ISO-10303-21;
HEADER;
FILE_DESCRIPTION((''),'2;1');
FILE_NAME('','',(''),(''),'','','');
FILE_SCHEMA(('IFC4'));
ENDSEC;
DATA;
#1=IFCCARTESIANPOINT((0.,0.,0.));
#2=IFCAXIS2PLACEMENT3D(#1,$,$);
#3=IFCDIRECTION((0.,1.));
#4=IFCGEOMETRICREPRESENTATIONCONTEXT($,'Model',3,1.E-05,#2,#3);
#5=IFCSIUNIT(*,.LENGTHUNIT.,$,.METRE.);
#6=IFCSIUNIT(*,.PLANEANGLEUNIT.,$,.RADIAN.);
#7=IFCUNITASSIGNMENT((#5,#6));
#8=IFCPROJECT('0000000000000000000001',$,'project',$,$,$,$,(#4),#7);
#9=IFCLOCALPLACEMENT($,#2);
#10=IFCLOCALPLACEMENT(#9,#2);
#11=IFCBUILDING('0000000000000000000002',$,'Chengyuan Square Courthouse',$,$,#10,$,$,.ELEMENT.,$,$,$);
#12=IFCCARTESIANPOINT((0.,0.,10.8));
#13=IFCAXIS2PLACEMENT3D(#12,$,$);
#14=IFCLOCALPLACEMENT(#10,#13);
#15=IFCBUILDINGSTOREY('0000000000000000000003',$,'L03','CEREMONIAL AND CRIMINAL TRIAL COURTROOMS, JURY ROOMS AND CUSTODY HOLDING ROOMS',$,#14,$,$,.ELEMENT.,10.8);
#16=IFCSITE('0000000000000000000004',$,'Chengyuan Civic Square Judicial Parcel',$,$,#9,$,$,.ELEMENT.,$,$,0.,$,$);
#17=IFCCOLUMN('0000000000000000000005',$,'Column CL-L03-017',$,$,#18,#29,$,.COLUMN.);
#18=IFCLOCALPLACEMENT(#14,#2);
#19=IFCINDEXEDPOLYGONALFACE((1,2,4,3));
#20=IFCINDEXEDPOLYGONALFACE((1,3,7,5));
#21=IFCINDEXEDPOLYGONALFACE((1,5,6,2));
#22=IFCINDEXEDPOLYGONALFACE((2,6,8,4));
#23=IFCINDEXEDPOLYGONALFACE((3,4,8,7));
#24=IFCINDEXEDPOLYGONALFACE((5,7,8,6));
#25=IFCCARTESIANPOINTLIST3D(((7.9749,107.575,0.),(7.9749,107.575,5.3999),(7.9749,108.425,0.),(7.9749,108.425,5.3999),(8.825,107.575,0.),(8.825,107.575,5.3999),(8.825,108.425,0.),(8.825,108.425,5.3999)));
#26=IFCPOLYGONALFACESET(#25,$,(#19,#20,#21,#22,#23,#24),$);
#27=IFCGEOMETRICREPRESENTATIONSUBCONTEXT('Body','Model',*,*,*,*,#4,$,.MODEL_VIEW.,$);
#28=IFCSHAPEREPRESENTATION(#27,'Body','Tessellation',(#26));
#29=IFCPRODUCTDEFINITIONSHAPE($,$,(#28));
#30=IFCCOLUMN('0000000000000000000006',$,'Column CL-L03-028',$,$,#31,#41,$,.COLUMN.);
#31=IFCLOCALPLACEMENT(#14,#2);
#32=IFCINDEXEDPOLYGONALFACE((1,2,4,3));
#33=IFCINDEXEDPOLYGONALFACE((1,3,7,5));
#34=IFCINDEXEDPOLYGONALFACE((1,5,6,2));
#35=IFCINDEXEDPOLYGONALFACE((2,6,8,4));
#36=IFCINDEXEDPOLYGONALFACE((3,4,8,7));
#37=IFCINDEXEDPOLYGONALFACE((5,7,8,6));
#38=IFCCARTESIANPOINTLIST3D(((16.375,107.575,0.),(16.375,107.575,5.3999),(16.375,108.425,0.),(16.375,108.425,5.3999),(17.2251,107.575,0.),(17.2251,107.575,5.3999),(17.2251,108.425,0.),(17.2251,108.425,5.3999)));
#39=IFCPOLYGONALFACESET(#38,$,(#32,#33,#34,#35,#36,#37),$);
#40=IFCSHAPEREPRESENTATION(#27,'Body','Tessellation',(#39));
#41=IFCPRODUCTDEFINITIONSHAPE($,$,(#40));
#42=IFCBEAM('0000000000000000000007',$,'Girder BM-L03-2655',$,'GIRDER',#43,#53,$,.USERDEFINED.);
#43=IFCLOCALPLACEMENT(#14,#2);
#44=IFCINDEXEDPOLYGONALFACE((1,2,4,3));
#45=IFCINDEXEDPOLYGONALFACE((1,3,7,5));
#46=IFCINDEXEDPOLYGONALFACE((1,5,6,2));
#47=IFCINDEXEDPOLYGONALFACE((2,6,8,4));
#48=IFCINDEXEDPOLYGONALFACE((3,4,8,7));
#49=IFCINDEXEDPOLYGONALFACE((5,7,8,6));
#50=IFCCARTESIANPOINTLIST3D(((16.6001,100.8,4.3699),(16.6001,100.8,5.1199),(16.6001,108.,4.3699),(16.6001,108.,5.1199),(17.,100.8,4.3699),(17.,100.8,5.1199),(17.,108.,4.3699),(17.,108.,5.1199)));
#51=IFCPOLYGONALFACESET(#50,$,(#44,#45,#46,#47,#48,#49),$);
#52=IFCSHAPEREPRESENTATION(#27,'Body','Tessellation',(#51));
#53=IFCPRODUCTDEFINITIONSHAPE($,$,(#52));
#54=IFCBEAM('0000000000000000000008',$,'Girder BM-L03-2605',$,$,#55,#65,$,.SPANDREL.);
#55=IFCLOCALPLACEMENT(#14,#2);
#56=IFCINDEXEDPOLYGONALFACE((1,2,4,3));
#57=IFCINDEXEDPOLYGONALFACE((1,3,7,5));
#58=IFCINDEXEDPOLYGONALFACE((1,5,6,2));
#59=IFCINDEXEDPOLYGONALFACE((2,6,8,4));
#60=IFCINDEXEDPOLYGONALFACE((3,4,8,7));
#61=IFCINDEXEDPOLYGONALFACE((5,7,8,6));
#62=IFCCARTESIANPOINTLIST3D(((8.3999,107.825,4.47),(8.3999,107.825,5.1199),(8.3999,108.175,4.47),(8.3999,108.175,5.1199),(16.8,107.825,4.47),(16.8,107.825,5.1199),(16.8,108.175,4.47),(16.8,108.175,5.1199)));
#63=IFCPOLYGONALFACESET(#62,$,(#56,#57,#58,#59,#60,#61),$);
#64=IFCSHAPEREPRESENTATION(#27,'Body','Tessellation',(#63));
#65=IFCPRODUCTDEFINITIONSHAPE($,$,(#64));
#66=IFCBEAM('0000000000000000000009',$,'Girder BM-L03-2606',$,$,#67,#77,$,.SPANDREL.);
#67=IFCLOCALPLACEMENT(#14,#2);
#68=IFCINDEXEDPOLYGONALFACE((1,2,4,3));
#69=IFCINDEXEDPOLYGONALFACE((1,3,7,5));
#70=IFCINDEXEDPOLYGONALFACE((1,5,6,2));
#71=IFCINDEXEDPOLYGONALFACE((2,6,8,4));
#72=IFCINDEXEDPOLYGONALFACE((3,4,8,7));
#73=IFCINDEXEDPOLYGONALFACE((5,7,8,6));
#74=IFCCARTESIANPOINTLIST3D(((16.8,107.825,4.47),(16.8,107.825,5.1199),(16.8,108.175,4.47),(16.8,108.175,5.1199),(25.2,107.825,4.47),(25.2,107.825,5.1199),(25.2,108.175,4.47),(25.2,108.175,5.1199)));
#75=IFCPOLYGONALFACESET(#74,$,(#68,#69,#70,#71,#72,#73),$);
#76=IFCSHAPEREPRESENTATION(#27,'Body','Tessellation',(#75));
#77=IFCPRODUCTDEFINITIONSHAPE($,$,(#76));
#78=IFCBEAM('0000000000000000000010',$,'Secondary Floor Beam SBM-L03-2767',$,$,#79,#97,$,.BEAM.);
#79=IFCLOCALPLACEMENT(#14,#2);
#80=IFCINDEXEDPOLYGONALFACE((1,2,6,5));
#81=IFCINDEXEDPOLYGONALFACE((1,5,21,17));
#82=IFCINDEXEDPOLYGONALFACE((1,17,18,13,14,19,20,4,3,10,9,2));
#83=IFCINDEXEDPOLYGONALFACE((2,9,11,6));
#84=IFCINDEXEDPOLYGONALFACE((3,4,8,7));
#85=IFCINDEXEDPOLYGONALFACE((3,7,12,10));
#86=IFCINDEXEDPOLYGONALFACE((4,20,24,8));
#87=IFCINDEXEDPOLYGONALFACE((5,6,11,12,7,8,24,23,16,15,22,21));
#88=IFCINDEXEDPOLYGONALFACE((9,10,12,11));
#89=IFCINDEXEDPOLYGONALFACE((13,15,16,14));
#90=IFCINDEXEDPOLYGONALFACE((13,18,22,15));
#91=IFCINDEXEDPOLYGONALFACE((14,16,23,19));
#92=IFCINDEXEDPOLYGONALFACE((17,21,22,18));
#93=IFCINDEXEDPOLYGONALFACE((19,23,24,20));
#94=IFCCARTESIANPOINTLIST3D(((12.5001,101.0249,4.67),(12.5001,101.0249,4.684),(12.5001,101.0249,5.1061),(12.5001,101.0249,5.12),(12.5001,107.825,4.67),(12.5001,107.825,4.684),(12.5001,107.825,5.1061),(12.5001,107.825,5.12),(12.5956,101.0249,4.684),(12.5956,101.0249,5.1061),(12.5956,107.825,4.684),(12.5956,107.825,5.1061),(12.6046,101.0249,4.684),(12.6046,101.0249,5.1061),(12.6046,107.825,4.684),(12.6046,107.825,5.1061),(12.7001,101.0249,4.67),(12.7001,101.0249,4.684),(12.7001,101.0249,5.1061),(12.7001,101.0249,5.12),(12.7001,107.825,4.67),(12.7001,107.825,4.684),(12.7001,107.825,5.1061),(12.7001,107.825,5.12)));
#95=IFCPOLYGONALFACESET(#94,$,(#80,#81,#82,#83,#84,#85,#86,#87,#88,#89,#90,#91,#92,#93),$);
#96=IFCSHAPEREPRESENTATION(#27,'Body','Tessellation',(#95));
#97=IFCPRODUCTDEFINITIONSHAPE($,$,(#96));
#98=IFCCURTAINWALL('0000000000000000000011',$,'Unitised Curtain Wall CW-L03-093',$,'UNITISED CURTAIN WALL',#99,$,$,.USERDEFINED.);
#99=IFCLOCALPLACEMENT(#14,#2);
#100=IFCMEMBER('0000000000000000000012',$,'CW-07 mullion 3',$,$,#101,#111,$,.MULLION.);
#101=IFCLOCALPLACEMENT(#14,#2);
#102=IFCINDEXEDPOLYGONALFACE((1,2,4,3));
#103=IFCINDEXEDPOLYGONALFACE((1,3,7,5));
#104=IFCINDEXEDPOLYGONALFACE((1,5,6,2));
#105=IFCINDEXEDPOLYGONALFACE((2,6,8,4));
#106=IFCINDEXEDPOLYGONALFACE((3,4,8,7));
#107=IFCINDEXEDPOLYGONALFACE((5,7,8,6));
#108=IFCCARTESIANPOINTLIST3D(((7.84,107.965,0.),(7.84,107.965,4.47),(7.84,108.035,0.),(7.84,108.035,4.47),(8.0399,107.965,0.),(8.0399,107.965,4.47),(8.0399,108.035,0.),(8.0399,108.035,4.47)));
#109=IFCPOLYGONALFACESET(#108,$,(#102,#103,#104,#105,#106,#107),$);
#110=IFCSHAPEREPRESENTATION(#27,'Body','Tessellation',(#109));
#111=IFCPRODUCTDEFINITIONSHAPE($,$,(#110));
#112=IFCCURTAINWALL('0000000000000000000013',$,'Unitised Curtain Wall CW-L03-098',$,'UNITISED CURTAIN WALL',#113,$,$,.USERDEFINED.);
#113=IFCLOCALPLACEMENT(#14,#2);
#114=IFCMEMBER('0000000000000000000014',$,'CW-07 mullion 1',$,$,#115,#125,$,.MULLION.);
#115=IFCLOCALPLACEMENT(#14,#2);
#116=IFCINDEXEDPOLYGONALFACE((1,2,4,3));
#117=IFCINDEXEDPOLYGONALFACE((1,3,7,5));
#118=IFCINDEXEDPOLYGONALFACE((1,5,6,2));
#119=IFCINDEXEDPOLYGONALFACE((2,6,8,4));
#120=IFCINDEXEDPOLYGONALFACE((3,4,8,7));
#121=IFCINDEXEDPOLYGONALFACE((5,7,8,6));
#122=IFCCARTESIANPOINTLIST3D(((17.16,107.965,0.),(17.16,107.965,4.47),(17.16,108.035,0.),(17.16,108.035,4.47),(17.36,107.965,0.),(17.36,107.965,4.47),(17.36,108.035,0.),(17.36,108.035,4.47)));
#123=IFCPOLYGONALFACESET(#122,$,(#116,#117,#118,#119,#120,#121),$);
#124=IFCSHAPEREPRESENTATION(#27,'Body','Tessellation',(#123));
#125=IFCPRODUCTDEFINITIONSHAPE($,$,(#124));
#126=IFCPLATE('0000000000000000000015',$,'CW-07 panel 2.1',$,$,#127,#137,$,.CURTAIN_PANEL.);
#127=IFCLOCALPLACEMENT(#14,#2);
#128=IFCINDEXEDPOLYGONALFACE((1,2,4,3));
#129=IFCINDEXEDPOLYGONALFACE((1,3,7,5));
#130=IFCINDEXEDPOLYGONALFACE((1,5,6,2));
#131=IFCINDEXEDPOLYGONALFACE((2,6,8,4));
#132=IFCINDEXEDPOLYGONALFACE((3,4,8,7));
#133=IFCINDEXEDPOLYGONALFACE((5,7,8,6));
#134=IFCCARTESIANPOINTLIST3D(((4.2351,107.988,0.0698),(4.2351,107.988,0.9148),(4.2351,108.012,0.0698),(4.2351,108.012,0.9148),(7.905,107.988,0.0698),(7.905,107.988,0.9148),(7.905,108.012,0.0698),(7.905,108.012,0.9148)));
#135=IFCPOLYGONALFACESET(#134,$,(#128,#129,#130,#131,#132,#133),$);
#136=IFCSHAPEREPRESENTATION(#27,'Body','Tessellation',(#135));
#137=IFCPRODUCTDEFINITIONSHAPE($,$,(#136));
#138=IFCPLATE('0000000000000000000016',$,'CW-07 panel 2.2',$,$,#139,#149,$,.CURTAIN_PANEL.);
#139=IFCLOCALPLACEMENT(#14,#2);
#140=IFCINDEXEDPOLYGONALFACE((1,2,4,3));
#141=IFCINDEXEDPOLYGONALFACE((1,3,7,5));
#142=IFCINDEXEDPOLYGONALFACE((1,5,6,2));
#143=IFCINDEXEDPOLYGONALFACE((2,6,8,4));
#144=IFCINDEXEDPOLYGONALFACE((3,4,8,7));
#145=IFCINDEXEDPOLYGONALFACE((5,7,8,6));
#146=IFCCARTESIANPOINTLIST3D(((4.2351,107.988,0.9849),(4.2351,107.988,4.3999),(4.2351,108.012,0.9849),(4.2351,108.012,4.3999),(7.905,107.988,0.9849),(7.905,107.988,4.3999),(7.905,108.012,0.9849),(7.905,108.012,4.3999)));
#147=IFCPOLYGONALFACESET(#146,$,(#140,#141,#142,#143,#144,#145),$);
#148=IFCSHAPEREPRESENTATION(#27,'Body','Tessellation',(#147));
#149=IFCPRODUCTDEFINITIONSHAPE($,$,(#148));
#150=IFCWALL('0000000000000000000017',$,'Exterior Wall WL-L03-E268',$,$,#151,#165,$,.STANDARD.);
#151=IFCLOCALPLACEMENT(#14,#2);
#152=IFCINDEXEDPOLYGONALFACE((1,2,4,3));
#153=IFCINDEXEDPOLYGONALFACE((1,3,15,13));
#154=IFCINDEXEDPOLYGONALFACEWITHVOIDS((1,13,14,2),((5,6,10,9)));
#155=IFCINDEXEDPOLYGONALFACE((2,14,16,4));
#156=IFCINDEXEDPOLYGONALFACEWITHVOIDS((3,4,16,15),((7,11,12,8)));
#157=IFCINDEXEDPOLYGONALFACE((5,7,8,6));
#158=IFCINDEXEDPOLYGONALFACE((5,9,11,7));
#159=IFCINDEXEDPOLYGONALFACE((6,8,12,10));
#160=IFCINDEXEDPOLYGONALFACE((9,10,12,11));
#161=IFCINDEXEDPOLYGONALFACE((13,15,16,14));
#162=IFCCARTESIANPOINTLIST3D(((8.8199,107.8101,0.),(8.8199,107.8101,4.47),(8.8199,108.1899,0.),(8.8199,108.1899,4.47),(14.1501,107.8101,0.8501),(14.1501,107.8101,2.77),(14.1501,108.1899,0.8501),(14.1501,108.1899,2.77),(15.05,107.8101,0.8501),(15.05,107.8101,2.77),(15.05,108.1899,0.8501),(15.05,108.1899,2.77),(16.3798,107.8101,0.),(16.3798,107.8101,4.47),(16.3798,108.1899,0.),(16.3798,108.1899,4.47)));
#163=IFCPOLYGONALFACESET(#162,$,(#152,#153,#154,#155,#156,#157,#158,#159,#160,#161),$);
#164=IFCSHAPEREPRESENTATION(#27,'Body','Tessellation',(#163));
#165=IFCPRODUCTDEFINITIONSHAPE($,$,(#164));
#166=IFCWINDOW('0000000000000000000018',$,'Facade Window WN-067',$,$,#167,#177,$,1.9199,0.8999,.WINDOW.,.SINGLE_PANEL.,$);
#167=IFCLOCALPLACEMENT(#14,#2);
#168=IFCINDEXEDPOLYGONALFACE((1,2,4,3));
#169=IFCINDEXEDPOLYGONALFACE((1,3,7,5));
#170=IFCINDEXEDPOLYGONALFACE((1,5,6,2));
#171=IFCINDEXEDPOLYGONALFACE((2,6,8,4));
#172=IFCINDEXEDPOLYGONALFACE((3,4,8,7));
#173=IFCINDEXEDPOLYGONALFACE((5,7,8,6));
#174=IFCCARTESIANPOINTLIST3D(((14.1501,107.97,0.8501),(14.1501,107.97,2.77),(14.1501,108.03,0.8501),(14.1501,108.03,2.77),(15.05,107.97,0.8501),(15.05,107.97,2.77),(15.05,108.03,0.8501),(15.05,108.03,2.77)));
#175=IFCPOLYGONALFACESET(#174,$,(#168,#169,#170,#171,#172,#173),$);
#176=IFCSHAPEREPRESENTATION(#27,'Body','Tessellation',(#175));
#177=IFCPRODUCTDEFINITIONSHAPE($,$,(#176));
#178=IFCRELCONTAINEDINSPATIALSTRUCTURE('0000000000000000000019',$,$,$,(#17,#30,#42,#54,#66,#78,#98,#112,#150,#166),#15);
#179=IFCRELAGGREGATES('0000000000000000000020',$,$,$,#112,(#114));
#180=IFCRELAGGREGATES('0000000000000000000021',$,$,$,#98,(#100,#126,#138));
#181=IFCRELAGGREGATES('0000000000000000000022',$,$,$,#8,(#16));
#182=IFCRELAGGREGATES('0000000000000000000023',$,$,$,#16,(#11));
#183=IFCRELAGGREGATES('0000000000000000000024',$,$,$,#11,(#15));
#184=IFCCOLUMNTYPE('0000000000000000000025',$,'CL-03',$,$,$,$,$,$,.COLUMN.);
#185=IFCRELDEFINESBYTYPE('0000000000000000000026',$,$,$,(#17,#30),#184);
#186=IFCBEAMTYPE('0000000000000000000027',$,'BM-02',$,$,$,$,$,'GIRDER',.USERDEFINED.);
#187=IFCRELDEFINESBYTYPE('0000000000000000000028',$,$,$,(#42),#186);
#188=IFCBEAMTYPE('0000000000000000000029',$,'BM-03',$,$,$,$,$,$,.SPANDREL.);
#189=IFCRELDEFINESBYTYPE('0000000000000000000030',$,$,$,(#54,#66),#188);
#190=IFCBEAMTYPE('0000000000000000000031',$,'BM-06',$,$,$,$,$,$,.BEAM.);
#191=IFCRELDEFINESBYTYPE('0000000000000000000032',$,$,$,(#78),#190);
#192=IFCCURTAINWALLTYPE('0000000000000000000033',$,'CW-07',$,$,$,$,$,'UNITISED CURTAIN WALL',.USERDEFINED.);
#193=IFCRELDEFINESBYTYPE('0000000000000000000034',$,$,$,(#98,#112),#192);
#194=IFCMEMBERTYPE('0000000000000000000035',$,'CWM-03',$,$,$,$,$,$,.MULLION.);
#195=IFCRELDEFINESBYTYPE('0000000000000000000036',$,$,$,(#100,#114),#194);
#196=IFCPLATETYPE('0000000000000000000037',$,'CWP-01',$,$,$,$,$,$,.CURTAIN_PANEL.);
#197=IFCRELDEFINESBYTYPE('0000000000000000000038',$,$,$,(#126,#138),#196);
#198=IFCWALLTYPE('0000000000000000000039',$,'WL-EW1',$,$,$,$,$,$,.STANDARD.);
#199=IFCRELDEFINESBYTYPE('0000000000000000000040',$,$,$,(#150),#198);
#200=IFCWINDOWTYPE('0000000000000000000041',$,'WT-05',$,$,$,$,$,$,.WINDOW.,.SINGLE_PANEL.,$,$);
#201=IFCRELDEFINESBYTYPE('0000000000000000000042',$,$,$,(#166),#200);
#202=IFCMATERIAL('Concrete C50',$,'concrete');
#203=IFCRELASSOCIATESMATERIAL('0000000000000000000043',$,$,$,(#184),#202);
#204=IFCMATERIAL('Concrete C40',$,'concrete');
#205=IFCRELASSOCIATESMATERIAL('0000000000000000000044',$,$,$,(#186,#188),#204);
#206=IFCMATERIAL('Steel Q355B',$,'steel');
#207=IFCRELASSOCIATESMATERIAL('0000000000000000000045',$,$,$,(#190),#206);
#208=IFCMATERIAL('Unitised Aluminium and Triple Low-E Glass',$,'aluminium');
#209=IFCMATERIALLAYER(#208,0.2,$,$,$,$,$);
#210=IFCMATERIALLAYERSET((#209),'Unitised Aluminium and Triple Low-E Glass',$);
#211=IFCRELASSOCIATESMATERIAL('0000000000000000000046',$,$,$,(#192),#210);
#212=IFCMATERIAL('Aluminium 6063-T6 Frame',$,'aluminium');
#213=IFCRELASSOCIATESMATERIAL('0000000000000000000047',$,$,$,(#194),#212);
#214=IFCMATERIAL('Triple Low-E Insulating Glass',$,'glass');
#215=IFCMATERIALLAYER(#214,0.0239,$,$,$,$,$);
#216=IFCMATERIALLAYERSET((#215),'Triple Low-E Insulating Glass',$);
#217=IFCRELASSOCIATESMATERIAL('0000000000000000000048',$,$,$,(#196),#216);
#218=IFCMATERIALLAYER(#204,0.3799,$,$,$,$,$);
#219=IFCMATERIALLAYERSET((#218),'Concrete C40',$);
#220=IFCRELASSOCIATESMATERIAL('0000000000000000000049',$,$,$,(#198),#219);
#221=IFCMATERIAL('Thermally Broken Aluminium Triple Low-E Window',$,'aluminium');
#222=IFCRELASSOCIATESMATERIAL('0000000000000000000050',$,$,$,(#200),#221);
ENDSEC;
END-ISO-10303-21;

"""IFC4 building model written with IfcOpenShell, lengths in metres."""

from ifc_helpers import new_model, si_unit, direction, frame, frame_2d, origin, origin_2d, place, context, subcontext, project, spatial, rectangle, i_section, extrude, material, layer, layer_set, material_profile, profile_set, type_object, element, fill, aggregate, save


model = new_model("IFC4")

# Units and contexts
model_context = context("Model", 3, precision=1e-05, world=origin(), true_north=direction((0.0, 1.0)))
body_context = subcontext(model_context, "Body", "Model", "MODEL_VIEW")
ifc_project = project(units=[si_unit("LENGTHUNIT", "METRE"), si_unit("PLANEANGLEUNIT", "RADIAN")], contexts=[model_context])

# Site, building, storey
site_placement = place(None, origin())
site = spatial("IfcSite", under=ifc_project, at=site_placement, Name="Chengyuan Civic Square Judicial Parcel", CompositionType="ELEMENT", RefElevation=0.0)
building_placement = place(site_placement, origin())
building = spatial("IfcBuilding", under=site, at=building_placement, Name="Chengyuan Square Courthouse", CompositionType="ELEMENT")
storey_placement = place(building_placement, frame((0.0, 0.0, 10.8)))
storey = spatial("IfcBuildingStorey", under=building, at=storey_placement, Name="L03", Description="CEREMONIAL AND CRIMINAL TRIAL COURTROOMS, JURY ROOMS AND CUSTODY HOLDING ROOMS", CompositionType="ELEMENT", Elevation=10.8)

# Columns
ifc_material_1 = material(Name="Concrete C50", Category="concrete")
ifc_material_profile_1 = material_profile(ifc_material_1, rectangle(XDim=0.8501, YDim=0.8501, at=origin_2d()), Name="RC-COL-850x850")
ifc_profile_set_1 = profile_set([ifc_material_profile_1], Name="Concrete C50")
column_type = type_object("IfcColumnType", Name="CL-03", PredefinedType="COLUMN", material=ifc_profile_set_1)
for number, where, z_axis, x_axis, name in (
    (1, (8.3999, 108.0, 0.0), (0.0, 0.0, 1.0), (1.0, 0.0, 0.0), "Column CL-L03-017"),
    (2, (16.8, 108.0, 0.0), (0.0, 0.0, 1.0), (1.0, 0.0, 0.0), "Column CL-L03-028"),
):
    element("IfcColumn", number, at=place(storey_placement, frame(where, z_axis=z_axis, x_axis=x_axis)), inside=storey, type_object=column_type, Name=name, PredefinedType="COLUMN", context=body_context, shape_type="SweptSolid", body=[
        extrude(rectangle(XDim=0.8501, YDim=0.8501, at=origin_2d()), origin(), (0.0, 0.0, 1.0), 5.3999),
    ])

# Beams
ifc_material_2 = material(Name="Concrete C40", Category="concrete")
ifc_material_profile_2 = material_profile(ifc_material_2, rectangle(XDim=0.3999, YDim=0.75, at=origin_2d()), Name="RC-BM-400x750")
ifc_profile_set_2 = profile_set([ifc_material_profile_2], Name="Concrete C40")
beam_type_1 = type_object("IfcBeamType", Name="BM-02", ElementType="GIRDER", PredefinedType="USERDEFINED", material=ifc_profile_set_2)
beam_1_placement = place(storey_placement, frame((16.8, 100.8, 4.7449), z_axis=(0.0, 1.0, 0.0), x_axis=(-1.0, 0.0, 0.0)))
element("IfcBeam", 3, at=beam_1_placement, inside=storey, type_object=beam_type_1, Name="Girder BM-L03-2655", ObjectType="GIRDER", PredefinedType="USERDEFINED", context=body_context, shape_type="SweptSolid", body=[
    extrude(rectangle(XDim=0.3999, YDim=0.75, at=origin_2d()), origin(), (0.0, 0.0, 1.0), 7.2),
])
ifc_material_profile_3 = material_profile(ifc_material_2, rectangle(XDim=0.3501, YDim=0.6499, at=origin_2d()), Name="RC-BM-350x650")
ifc_profile_set_3 = profile_set([ifc_material_profile_3], Name="Concrete C40")
beam_type_2 = type_object("IfcBeamType", Name="BM-03", PredefinedType="SPANDREL", material=ifc_profile_set_3)
beam_2_placement = place(storey_placement, frame((8.3999, 108.0, 4.7949), z_axis=(1.0, 0.0, 0.0), x_axis=(0.0, 1.0, 0.0)))
element("IfcBeam", 4, at=beam_2_placement, inside=storey, type_object=beam_type_2, Name="Girder BM-L03-2605", PredefinedType="SPANDREL", context=body_context, shape_type="SweptSolid", body=[
    extrude(rectangle(XDim=0.3501, YDim=0.6499, at=origin_2d()), origin(), (0.0, 0.0, 1.0), 8.4001),
])
beam_3_placement = place(storey_placement, frame((16.8, 108.0, 4.7949), z_axis=(1.0, 0.0, 0.0), x_axis=(0.0, 1.0, 0.0)))
element("IfcBeam", 5, at=beam_3_placement, inside=storey, type_object=beam_type_2, Name="Girder BM-L03-2606", PredefinedType="SPANDREL", context=body_context, shape_type="SweptSolid", body=[
    extrude(rectangle(XDim=0.3501, YDim=0.6499, at=origin_2d()), origin(), (0.0, 0.0, 1.0), 8.3999),
])
ifc_material_3 = material(Name="Steel Q355B", Category="steel")
ifc_material_profile_4 = material_profile(ifc_material_3, i_section(OverallWidth=0.2, OverallDepth=0.45, WebThickness=0.009, FlangeThickness=0.0139, at=origin_2d()), Name="HN 450x200x9x14")
ifc_profile_set_4 = profile_set([ifc_material_profile_4], Name="Steel Q355B")
beam_type_3 = type_object("IfcBeamType", Name="BM-06", PredefinedType="BEAM", material=ifc_profile_set_4)
beam_4_placement = place(storey_placement, frame((12.6001, 101.0249, 4.895), z_axis=(0.0, 1.0, 0.0), x_axis=(-1.0, 0.0, 0.0)))
element("IfcBeam", 6, at=beam_4_placement, inside=storey, type_object=beam_type_3, Name="Secondary Floor Beam SBM-L03-2767", PredefinedType="BEAM", context=body_context, shape_type="SweptSolid", body=[
    extrude(i_section(OverallWidth=0.2, OverallDepth=0.45, WebThickness=0.009, FlangeThickness=0.0139, at=origin_2d()), origin(), (0.0, 0.0, 1.0), 6.8),
])

# Curtain walls, members
ifc_material_4 = material(Name="Unitised Aluminium and Triple Low-E Glass", Category="aluminium")
ifc_layer_1 = layer(ifc_material_4, 0.2)
ifc_layer_set_1 = layer_set([ifc_layer_1], Name="Unitised Aluminium and Triple Low-E Glass")
curtain_wall_type = type_object("IfcCurtainWallType", Name="CW-07", ElementType="UNITISED CURTAIN WALL", PredefinedType="USERDEFINED", material=ifc_layer_set_1)
curtain_wall_1_placement = place(storey_placement, origin())
curtain_wall_1 = element("IfcCurtainWall", 7, at=curtain_wall_1_placement, inside=storey, type_object=curtain_wall_type, Name="Unitised Curtain Wall CW-L03-093", ObjectType="UNITISED CURTAIN WALL", PredefinedType="USERDEFINED")
ifc_material_5 = material(Name="Aluminium 6063-T6 Frame", Category="aluminium")
ifc_material_profile_5 = material_profile(ifc_material_5, rectangle(XDim=0.0701, YDim=0.2, at=origin_2d()), Name="CW-MUL-70x200")
ifc_profile_set_5 = profile_set([ifc_material_profile_5], Name="Aluminium 6063-T6 Frame")
member_type = type_object("IfcMemberType", Name="CWM-03", PredefinedType="MULLION", material=ifc_profile_set_5)
member_1_placement = place(storey_placement, frame((7.9399, 108.0, 0.0), z_axis=(0.0, 0.0, 1.0), x_axis=(0.0, 1.0, 0.0)))
member_1 = element("IfcMember", 8, at=member_1_placement, type_object=member_type, Name="CW-07 mullion 3", PredefinedType="MULLION", context=body_context, shape_type="SweptSolid", body=[
    extrude(rectangle(XDim=0.0701, YDim=0.2, at=origin_2d()), origin(), (0.0, 0.0, 1.0), 4.47),
])
curtain_wall_2_placement = place(storey_placement, origin())
curtain_wall_2 = element("IfcCurtainWall", 9, at=curtain_wall_2_placement, inside=storey, type_object=curtain_wall_type, Name="Unitised Curtain Wall CW-L03-098", ObjectType="UNITISED CURTAIN WALL", PredefinedType="USERDEFINED")
member_2_placement = place(storey_placement, frame((17.26, 108.0, 0.0), z_axis=(0.0, 0.0, 1.0), x_axis=(0.0, 1.0, 0.0)))
member_2 = element("IfcMember", 10, at=member_2_placement, type_object=member_type, Name="CW-07 mullion 1", PredefinedType="MULLION", context=body_context, shape_type="SweptSolid", body=[
    extrude(rectangle(XDim=0.0701, YDim=0.2, at=origin_2d()), origin(), (0.0, 0.0, 1.0), 4.47),
])
aggregate(curtain_wall_2, [member_2])

# Plates
ifc_material_6 = material(Name="Triple Low-E Insulating Glass", Category="glass")
ifc_layer_2 = layer(ifc_material_6, 0.0239)
ifc_layer_set_2 = layer_set([ifc_layer_2], Name="Triple Low-E Insulating Glass")
plate_type = type_object("IfcPlateType", Name="CWP-01", PredefinedType="CURTAIN_PANEL", material=ifc_layer_set_2)
plate_1_placement = place(storey_placement, frame((6.0701, 108.0, 0.0698), z_axis=(0.0, 0.0, 1.0), x_axis=(1.0, 0.0, 0.0)))
plate_1 = element("IfcPlate", 11, at=plate_1_placement, type_object=plate_type, Name="CW-07 panel 2.1", PredefinedType="CURTAIN_PANEL", context=body_context, shape_type="SweptSolid", body=[
    extrude(rectangle(XDim=3.6699, YDim=0.0239, at=origin_2d()), origin(), (0.0, 0.0, 1.0), 0.845),
])
plate_2_placement = place(storey_placement, frame((6.0701, 108.0, 0.9849), z_axis=(0.0, 0.0, 1.0), x_axis=(1.0, 0.0, 0.0)))
plate_2 = element("IfcPlate", 12, at=plate_2_placement, type_object=plate_type, Name="CW-07 panel 2.2", PredefinedType="CURTAIN_PANEL", context=body_context, shape_type="SweptSolid", body=[
    extrude(rectangle(XDim=3.6699, YDim=0.0239, at=origin_2d()), origin(), (0.0, 0.0, 1.0), 3.415),
])
aggregate(curtain_wall_1, [member_1, plate_1, plate_2])

# Wall, opening, window
ifc_layer_3 = layer(ifc_material_2, 0.3799)
ifc_layer_set_3 = layer_set([ifc_layer_3], Name="Concrete C40")
wall_type_1 = type_object("IfcWallType", Name="WL-EW1", PredefinedType="STANDARD", material=ifc_layer_set_3)
wall_placement = place(storey_placement, frame((8.8201, 108.0, 0.0), z_axis=(0.0, 0.0, 1.0), x_axis=(1.0, 0.0, 0.0)))
wall = element("IfcWall", 13, at=wall_placement, inside=storey, type_object=wall_type_1, Name="Exterior Wall WL-L03-E268", PredefinedType="STANDARD", context=body_context, shape_type="SweptSolid", body=[
    extrude(rectangle(XDim=7.5598, YDim=0.3799, at=frame_2d((3.7798, 0.0))), origin(), (0.0, 0.0, 1.0), 4.47),
])
opening_placement = place(wall_placement, frame((5.3301, 0.0, 0.8501)))
opening = element("IfcOpeningElement", 14, at=opening_placement, cuts=wall, PredefinedType="OPENING", context=body_context, shape_type="SweptSolid", body=[
    extrude(rectangle(XDim=0.8999, YDim=1.9199, at=frame_2d((0.45, 0.96))), frame((0.0, 0.2019, 0.0), z_axis=(0.0, -1.0, 0.0), x_axis=(1.0, 0.0, 0.0)), (0.0, 0.0, 1.0), 0.4038),
])
ifc_material_7 = material(Name="Thermally Broken Aluminium Triple Low-E Window", Category="aluminium")
window_type = type_object("IfcWindowType", Name="WT-05", PartitioningType="SINGLE_PANEL", PredefinedType="WINDOW", material=ifc_material_7)
window_placement = place(opening_placement, origin())
window = element("IfcWindow", 15, at=window_placement, inside=storey, type_object=window_type, Name="Facade Window WN-067", OverallHeight=1.9199, OverallWidth=0.8999, PartitioningType="SINGLE_PANEL", PredefinedType="WINDOW", context=body_context, shape_type="SweptSolid", body=[
    extrude(rectangle(XDim=0.8999, YDim=1.9199, at=frame_2d((0.45, 0.96))), frame((0.0, 0.03, 0.0), z_axis=(0.0, -1.0, 0.0), x_axis=(1.0, 0.0, 0.0)), (0.0, 0.0, 1.0), 0.0601),
])
fill(opening, window)

save(model, "model.ifc")
